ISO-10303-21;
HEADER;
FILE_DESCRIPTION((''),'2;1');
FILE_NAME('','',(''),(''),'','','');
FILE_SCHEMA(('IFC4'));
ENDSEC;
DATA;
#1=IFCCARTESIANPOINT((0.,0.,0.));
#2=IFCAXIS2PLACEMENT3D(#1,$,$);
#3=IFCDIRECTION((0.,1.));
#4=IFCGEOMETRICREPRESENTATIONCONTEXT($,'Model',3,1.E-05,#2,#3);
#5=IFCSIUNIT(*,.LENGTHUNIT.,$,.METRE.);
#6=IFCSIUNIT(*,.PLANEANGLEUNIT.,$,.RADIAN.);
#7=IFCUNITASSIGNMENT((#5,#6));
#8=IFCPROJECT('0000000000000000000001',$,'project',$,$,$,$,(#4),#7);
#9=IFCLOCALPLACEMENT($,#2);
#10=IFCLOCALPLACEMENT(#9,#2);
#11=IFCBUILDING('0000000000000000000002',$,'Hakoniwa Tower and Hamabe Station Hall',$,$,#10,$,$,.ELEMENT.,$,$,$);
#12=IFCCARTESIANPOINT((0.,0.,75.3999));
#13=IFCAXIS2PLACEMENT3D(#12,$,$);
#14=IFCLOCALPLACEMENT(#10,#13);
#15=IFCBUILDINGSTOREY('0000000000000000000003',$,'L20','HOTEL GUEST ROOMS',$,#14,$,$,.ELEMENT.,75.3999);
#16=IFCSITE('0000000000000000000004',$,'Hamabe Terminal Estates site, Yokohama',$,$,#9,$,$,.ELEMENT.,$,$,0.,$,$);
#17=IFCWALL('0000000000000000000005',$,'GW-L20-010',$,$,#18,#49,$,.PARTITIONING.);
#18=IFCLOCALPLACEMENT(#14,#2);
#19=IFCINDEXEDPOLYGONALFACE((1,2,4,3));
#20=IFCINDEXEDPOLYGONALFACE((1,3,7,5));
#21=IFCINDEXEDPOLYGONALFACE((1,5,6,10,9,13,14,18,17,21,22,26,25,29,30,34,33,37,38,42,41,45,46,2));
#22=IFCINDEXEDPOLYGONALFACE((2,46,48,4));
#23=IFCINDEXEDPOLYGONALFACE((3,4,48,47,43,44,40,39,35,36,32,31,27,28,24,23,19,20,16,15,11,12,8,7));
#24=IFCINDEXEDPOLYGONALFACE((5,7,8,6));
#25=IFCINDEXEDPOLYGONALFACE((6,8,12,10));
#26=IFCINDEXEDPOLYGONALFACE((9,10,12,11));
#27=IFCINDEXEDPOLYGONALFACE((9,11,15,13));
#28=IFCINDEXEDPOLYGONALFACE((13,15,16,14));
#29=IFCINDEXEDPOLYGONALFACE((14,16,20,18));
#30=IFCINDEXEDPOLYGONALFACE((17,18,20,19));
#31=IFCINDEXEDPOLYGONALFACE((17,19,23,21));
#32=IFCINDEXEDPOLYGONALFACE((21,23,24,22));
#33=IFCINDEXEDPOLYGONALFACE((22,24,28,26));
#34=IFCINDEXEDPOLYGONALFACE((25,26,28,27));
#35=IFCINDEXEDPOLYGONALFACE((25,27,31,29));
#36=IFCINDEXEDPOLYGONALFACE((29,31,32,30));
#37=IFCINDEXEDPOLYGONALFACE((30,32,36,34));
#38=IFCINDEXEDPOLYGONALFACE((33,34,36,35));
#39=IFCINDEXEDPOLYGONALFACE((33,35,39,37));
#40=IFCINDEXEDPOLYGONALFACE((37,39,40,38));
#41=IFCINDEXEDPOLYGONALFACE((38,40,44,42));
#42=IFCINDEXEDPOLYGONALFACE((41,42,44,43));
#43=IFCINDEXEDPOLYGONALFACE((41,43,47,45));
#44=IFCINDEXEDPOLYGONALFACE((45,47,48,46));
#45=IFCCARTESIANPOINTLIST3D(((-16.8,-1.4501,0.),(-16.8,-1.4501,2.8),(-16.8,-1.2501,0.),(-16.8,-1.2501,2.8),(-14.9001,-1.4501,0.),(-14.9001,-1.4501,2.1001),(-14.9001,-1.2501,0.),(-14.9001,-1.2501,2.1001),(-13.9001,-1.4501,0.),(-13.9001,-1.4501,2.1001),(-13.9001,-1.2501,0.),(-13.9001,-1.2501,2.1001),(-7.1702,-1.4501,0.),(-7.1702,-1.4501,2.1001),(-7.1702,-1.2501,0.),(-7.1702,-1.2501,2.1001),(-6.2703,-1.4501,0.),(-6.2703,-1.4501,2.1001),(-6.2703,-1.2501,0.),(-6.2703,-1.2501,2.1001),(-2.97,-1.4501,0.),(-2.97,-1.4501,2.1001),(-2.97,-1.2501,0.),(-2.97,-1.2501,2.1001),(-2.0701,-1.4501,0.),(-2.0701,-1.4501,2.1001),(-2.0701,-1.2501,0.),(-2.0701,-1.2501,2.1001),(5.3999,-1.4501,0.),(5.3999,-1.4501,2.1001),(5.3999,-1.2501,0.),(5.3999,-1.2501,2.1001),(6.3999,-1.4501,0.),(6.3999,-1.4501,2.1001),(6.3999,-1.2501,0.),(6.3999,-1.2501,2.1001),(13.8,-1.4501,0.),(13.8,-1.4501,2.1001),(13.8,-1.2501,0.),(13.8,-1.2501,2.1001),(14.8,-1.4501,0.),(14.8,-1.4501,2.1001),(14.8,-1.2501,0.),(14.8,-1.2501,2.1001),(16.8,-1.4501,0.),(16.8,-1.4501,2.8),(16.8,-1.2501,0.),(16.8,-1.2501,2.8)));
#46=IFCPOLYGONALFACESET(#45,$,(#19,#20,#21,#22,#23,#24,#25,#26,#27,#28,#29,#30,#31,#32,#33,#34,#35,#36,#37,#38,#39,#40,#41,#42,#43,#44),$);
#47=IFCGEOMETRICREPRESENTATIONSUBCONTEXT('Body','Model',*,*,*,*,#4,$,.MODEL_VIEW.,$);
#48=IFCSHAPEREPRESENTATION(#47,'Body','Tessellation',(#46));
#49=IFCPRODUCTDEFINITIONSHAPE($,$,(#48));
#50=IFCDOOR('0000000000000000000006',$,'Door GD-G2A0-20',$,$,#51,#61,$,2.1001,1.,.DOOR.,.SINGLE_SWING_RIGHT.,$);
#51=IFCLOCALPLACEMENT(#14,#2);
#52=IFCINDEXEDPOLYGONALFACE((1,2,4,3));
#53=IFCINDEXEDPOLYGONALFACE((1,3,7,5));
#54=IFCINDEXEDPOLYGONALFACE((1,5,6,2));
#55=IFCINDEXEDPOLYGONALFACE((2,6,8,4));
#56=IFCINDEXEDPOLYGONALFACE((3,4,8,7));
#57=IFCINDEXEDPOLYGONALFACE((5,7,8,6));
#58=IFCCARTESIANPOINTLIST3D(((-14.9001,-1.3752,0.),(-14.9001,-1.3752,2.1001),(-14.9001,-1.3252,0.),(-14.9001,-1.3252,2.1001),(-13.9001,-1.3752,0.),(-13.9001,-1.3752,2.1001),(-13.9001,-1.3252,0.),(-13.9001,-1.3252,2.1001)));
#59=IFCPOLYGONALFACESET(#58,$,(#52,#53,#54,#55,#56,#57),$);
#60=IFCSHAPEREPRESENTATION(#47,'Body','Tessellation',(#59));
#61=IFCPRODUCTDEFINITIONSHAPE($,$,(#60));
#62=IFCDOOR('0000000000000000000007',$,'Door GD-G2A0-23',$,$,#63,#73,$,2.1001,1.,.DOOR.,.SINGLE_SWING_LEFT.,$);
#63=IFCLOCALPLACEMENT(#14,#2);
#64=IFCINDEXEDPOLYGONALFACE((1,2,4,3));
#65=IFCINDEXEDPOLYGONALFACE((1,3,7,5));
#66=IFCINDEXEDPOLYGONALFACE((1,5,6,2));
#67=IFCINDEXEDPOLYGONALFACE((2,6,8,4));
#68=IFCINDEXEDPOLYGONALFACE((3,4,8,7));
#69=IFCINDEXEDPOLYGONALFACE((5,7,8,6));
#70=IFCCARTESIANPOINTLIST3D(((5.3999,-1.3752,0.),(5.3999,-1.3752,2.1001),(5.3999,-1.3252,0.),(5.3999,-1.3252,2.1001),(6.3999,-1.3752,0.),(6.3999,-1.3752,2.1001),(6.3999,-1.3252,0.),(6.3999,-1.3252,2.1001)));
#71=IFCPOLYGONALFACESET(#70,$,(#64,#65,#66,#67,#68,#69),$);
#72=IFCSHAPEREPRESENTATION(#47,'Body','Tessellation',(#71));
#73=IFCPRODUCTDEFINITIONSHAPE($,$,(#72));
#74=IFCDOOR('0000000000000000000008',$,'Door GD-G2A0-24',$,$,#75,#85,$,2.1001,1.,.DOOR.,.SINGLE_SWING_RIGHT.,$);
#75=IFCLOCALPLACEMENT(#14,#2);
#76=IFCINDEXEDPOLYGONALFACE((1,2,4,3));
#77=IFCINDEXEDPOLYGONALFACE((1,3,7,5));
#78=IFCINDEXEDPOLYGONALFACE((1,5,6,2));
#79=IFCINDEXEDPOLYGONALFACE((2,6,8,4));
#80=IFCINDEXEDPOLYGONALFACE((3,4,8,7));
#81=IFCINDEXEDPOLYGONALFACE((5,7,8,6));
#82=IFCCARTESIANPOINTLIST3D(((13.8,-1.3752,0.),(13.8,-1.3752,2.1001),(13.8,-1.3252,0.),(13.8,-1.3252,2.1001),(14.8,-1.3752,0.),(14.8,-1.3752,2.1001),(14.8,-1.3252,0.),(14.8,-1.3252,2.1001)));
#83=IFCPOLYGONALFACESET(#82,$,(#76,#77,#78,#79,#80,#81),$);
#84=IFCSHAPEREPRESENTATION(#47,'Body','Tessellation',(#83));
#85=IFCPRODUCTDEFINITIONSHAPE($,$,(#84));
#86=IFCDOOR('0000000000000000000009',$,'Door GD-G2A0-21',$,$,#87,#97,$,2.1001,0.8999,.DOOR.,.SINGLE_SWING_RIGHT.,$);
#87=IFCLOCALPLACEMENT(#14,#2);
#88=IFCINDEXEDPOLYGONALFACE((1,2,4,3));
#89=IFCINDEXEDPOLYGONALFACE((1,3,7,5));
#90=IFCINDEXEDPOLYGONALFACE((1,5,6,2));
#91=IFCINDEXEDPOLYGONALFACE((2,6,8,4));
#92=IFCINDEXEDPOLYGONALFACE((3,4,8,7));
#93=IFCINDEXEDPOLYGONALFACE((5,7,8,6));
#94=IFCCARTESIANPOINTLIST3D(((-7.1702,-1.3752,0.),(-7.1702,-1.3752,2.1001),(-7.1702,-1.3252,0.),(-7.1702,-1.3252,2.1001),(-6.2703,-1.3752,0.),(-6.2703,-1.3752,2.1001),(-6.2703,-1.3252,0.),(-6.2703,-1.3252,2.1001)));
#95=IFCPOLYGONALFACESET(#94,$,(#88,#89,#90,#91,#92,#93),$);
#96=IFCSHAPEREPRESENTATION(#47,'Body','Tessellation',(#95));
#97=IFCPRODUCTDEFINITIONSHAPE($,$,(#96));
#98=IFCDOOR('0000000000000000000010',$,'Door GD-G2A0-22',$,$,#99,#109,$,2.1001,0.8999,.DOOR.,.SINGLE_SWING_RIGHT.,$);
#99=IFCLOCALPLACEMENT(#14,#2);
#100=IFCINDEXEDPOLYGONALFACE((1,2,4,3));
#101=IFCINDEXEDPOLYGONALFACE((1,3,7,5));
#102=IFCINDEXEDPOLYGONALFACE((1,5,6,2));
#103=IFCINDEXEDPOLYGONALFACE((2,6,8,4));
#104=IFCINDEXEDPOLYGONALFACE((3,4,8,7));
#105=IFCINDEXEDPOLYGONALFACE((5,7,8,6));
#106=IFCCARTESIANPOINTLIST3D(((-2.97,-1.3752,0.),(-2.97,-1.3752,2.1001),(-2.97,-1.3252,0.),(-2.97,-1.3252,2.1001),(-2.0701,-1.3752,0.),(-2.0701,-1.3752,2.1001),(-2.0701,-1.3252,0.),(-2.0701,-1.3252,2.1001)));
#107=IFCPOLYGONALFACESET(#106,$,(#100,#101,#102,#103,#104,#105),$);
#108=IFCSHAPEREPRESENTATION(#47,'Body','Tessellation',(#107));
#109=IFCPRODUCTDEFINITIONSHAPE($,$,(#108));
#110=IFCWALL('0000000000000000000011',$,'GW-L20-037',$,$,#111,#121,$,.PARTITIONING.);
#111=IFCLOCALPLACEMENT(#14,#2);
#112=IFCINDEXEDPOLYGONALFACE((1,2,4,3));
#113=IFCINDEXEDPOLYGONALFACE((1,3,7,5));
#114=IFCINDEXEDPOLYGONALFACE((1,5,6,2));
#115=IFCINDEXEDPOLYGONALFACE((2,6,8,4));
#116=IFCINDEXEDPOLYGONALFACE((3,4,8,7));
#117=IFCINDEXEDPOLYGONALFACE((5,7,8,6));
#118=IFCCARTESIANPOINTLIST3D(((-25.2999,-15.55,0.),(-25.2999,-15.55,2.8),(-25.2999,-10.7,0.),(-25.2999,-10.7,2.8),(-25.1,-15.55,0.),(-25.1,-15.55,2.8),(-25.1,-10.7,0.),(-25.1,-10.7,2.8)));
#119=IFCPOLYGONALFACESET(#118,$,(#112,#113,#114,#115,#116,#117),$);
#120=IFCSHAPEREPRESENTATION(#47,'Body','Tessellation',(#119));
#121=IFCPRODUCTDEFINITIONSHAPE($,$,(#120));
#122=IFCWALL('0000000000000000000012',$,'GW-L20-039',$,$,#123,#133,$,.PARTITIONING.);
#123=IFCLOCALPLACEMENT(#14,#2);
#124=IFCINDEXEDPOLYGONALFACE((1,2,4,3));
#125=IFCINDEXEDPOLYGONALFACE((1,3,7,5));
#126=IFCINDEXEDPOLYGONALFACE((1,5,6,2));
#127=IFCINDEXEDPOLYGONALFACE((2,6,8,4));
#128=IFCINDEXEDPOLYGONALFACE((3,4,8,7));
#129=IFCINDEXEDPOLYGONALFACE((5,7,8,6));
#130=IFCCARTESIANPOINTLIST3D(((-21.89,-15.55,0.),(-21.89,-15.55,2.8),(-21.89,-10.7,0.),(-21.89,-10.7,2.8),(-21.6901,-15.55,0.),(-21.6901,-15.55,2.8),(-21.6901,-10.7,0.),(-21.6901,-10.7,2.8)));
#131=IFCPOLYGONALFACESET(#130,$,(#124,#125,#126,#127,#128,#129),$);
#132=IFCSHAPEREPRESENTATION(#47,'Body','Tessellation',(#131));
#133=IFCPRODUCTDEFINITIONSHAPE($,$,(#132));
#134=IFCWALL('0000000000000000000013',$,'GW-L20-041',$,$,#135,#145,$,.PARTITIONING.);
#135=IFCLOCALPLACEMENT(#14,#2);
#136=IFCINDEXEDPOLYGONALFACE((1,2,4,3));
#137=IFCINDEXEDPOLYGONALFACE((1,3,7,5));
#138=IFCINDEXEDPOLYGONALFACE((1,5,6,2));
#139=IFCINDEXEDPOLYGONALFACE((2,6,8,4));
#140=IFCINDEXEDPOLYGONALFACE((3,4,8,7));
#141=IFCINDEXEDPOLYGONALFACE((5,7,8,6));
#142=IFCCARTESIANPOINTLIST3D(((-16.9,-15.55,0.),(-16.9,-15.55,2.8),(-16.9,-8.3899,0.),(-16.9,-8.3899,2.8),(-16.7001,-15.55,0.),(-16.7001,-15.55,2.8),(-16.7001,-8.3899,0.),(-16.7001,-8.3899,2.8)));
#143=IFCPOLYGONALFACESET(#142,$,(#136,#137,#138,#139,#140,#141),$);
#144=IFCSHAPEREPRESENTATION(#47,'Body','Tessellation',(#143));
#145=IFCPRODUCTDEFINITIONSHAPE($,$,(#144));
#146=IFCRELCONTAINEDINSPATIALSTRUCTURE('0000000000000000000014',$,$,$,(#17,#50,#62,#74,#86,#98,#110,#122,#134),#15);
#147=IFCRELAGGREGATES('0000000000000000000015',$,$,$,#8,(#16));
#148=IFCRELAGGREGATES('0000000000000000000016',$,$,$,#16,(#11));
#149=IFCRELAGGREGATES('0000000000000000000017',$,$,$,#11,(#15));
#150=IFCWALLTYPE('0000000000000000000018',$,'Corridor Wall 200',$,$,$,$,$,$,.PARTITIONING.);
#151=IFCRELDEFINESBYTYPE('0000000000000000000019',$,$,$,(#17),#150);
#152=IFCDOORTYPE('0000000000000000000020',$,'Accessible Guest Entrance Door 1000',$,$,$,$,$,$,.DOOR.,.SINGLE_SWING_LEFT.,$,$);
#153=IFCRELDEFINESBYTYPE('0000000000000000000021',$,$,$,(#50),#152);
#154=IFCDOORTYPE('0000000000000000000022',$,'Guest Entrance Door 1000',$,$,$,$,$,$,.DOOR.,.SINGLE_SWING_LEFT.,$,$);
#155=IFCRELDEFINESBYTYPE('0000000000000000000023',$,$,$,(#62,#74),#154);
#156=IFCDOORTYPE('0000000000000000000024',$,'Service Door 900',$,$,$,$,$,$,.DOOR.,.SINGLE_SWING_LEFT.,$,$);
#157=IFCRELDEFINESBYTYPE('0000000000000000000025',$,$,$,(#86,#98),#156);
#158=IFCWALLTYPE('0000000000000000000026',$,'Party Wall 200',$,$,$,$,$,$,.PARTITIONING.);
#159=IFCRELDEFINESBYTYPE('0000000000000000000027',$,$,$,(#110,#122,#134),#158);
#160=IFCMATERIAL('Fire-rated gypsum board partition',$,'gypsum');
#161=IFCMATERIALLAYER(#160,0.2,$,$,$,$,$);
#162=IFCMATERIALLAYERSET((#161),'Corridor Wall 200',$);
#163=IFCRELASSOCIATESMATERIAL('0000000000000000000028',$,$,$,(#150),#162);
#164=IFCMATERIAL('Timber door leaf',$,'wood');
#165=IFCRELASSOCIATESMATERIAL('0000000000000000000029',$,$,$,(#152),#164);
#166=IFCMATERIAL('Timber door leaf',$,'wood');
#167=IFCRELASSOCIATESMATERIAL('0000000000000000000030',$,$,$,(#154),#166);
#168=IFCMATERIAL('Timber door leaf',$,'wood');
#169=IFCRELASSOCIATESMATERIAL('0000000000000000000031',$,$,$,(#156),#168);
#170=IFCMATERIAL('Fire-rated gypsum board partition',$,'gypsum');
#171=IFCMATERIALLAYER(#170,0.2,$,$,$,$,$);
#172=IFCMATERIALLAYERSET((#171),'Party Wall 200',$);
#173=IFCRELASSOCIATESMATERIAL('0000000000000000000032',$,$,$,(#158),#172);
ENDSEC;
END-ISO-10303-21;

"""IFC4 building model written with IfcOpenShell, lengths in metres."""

from ifc_helpers import new_model, si_unit, direction, frame, frame_2d, origin, place, context, subcontext, project, spatial, rectangle, extrude, material, layer, layer_set, type_object, element, fill, save


model = new_model("IFC4")

# Units and contexts
model_context = context("Model", 3, precision=1e-05, world=origin(), true_north=direction((0.0, 1.0)))
body_context = subcontext(model_context, "Body", "Model", "MODEL_VIEW")
ifc_project = project(units=[si_unit("LENGTHUNIT", "METRE"), si_unit("PLANEANGLEUNIT", "RADIAN")], contexts=[model_context])

# Site, building, storey
site_placement = place(None, origin())
site = spatial("IfcSite", under=ifc_project, at=site_placement, Name="Hamabe Terminal Estates site, Yokohama", CompositionType="ELEMENT", RefElevation=0.0)
building_placement = place(site_placement, origin())
building = spatial("IfcBuilding", under=site, at=building_placement, Name="Hakoniwa Tower and Hamabe Station Hall", CompositionType="ELEMENT")
storey_placement = place(building_placement, frame((0.0, 0.0, 75.3999)))
storey = spatial("IfcBuildingStorey", under=building, at=storey_placement, Name="L20", Description="HOTEL GUEST ROOMS", CompositionType="ELEMENT", Elevation=75.3999)

# Wall, openings, doors
ifc_material_1 = material(Name="Fire-rated gypsum board partition", Category="gypsum")
ifc_layer_1 = layer(ifc_material_1, 0.2)
ifc_layer_set_1 = layer_set([ifc_layer_1], Name="Corridor Wall 200")
wall_type_1 = type_object("IfcWallType", Name="Corridor Wall 200", PredefinedType="PARTITIONING", material=ifc_layer_set_1)
wall_1_placement = place(storey_placement, frame((-16.8, -1.3501, 0.0), z_axis=(0.0, 0.0, 1.0), x_axis=(1.0, 0.0, 0.0)))
wall_1 = element("IfcWall", 1, at=wall_1_placement, inside=storey, type_object=wall_type_1, Name="GW-L20-010", PredefinedType="PARTITIONING", context=body_context, shape_type="SweptSolid", body=[
    extrude(rectangle(XDim=33.6001, YDim=0.2, at=frame_2d((16.8, 0.0))), origin(), (0.0, 0.0, 1.0), 2.8),
])
opening_1_placement = place(wall_1_placement, frame((1.8999, 0.0, 0.0)))
opening_1 = element("IfcOpeningElement", 2, at=opening_1_placement, cuts=wall_1, PredefinedType="OPENING", context=body_context, shape_type="SweptSolid", body=[
    extrude(rectangle(XDim=1.0, YDim=2.1001, at=frame_2d((0.5, 1.05))), frame((0.0, 0.1099, 0.0), z_axis=(0.0, -1.0, 0.0), x_axis=(1.0, 0.0, 0.0)), (0.0, 0.0, 1.0), 0.22),
])
opening_2_placement = place(wall_1_placement, frame((9.6299, 0.0, 0.0)))
opening_2 = element("IfcOpeningElement", 3, at=opening_2_placement, cuts=wall_1, PredefinedType="OPENING", context=body_context, shape_type="SweptSolid", body=[
    extrude(rectangle(XDim=0.8999, YDim=2.1001, at=frame_2d((0.45, 1.05))), frame((0.0, 0.1099, 0.0), z_axis=(0.0, -1.0, 0.0), x_axis=(1.0, 0.0, 0.0)), (0.0, 0.0, 1.0), 0.22),
])
opening_3_placement = place(wall_1_placement, frame((13.8301, 0.0, 0.0)))
opening_3 = element("IfcOpeningElement", 4, at=opening_3_placement, cuts=wall_1, PredefinedType="OPENING", context=body_context, shape_type="SweptSolid", body=[
    extrude(rectangle(XDim=0.8999, YDim=2.1001, at=frame_2d((0.45, 1.05))), frame((0.0, 0.1099, 0.0), z_axis=(0.0, -1.0, 0.0), x_axis=(1.0, 0.0, 0.0)), (0.0, 0.0, 1.0), 0.22),
])
opening_4_placement = place(wall_1_placement, frame((22.2, 0.0, 0.0)))
opening_4 = element("IfcOpeningElement", 5, at=opening_4_placement, cuts=wall_1, PredefinedType="OPENING", context=body_context, shape_type="SweptSolid", body=[
    extrude(rectangle(XDim=1.0, YDim=2.1001, at=frame_2d((0.5, 1.05))), frame((0.0, 0.1099, 0.0), z_axis=(0.0, -1.0, 0.0), x_axis=(1.0, 0.0, 0.0)), (0.0, 0.0, 1.0), 0.22),
])
opening_5_placement = place(wall_1_placement, frame((30.6001, 0.0, 0.0)))
opening_5 = element("IfcOpeningElement", 6, at=opening_5_placement, cuts=wall_1, PredefinedType="OPENING", context=body_context, shape_type="SweptSolid", body=[
    extrude(rectangle(XDim=1.0, YDim=2.1001, at=frame_2d((0.5, 1.05))), frame((0.0, 0.1099, 0.0), z_axis=(0.0, -1.0, 0.0), x_axis=(1.0, 0.0, 0.0)), (0.0, 0.0, 1.0), 0.22),
])
ifc_material_2 = material(Name="Timber door leaf", Category="wood")
door_type_1 = type_object("IfcDoorType", Name="Accessible Guest Entrance Door 1000", OperationType="SINGLE_SWING_LEFT", PredefinedType="DOOR", material=ifc_material_2)
door_1_placement = place(opening_1_placement, origin())
door_1 = element("IfcDoor", 7, at=door_1_placement, inside=storey, type_object=door_type_1, Name="Door GD-G2A0-20", OperationType="SINGLE_SWING_RIGHT", OverallHeight=2.1001, OverallWidth=1.0, PredefinedType="DOOR", context=body_context, shape_type="SweptSolid", body=[
    extrude(rectangle(XDim=1.0, YDim=2.1001, at=frame_2d((0.5, 1.05))), frame((0.0, 0.0249, 0.0), z_axis=(0.0, -1.0, 0.0), x_axis=(1.0, 0.0, 0.0)), (0.0, 0.0, 1.0), 0.05),
])
fill(opening_1, door_1)
ifc_material_3 = material(Name="Timber door leaf", Category="wood")
door_type_2 = type_object("IfcDoorType", Name="Guest Entrance Door 1000", OperationType="SINGLE_SWING_LEFT", PredefinedType="DOOR", material=ifc_material_3)
door_2_placement = place(opening_4_placement, origin())
door_2 = element("IfcDoor", 8, at=door_2_placement, inside=storey, type_object=door_type_2, Name="Door GD-G2A0-23", OperationType="SINGLE_SWING_LEFT", OverallHeight=2.1001, OverallWidth=1.0, PredefinedType="DOOR", context=body_context, shape_type="SweptSolid", body=[
    extrude(rectangle(XDim=1.0, YDim=2.1001, at=frame_2d((0.5, 1.05))), frame((0.0, 0.0249, 0.0), z_axis=(0.0, -1.0, 0.0), x_axis=(1.0, 0.0, 0.0)), (0.0, 0.0, 1.0), 0.05),
])
fill(opening_4, door_2)
door_3_placement = place(opening_5_placement, origin())
door_3 = element("IfcDoor", 9, at=door_3_placement, inside=storey, type_object=door_type_2, Name="Door GD-G2A0-24", OperationType="SINGLE_SWING_RIGHT", OverallHeight=2.1001, OverallWidth=1.0, PredefinedType="DOOR", context=body_context, shape_type="SweptSolid", body=[
    extrude(rectangle(XDim=1.0, YDim=2.1001, at=frame_2d((0.5, 1.05))), frame((0.0, 0.0249, 0.0), z_axis=(0.0, -1.0, 0.0), x_axis=(1.0, 0.0, 0.0)), (0.0, 0.0, 1.0), 0.05),
])
fill(opening_5, door_3)
ifc_material_4 = material(Name="Timber door leaf", Category="wood")
door_type_3 = type_object("IfcDoorType", Name="Service Door 900", OperationType="SINGLE_SWING_LEFT", PredefinedType="DOOR", material=ifc_material_4)
door_4_placement = place(opening_2_placement, origin())
door_4 = element("IfcDoor", 10, at=door_4_placement, inside=storey, type_object=door_type_3, Name="Door GD-G2A0-21", OperationType="SINGLE_SWING_RIGHT", OverallHeight=2.1001, OverallWidth=0.8999, PredefinedType="DOOR", context=body_context, shape_type="SweptSolid", body=[
    extrude(rectangle(XDim=0.8999, YDim=2.1001, at=frame_2d((0.45, 1.05))), frame((0.0, 0.0249, 0.0), z_axis=(0.0, -1.0, 0.0), x_axis=(1.0, 0.0, 0.0)), (0.0, 0.0, 1.0), 0.05),
])
fill(opening_2, door_4)
door_5_placement = place(opening_3_placement, origin())
door_5 = element("IfcDoor", 11, at=door_5_placement, inside=storey, type_object=door_type_3, Name="Door GD-G2A0-22", OperationType="SINGLE_SWING_RIGHT", OverallHeight=2.1001, OverallWidth=0.8999, PredefinedType="DOOR", context=body_context, shape_type="SweptSolid", body=[
    extrude(rectangle(XDim=0.8999, YDim=2.1001, at=frame_2d((0.45, 1.05))), frame((0.0, 0.0249, 0.0), z_axis=(0.0, -1.0, 0.0), x_axis=(1.0, 0.0, 0.0)), (0.0, 0.0, 1.0), 0.05),
])
fill(opening_3, door_5)

# Walls
ifc_material_5 = material(Name="Fire-rated gypsum board partition", Category="gypsum")
ifc_layer_2 = layer(ifc_material_5, 0.2)
ifc_layer_set_2 = layer_set([ifc_layer_2], Name="Party Wall 200")
wall_type_2 = type_object("IfcWallType", Name="Party Wall 200", PredefinedType="PARTITIONING", material=ifc_layer_set_2)
for number, where, z_axis, x_axis, name in (
    (12, (-25.2, -15.55, 0.0), (0.0, 0.0, 1.0), (0.0, 1.0, 0.0), "GW-L20-037"),
    (13, (-21.79, -15.55, 0.0), (0.0, 0.0, 1.0), (0.0, 1.0, 0.0), "GW-L20-039"),
):
    element("IfcWall", number, at=place(storey_placement, frame(where, z_axis=z_axis, x_axis=x_axis)), inside=storey, type_object=wall_type_2, Name=name, PredefinedType="PARTITIONING", context=body_context, shape_type="SweptSolid", body=[
        extrude(rectangle(XDim=4.8501, YDim=0.2, at=frame_2d((2.425, 0.0))), origin(), (0.0, 0.0, 1.0), 2.8),
    ])
wall_2_placement = place(storey_placement, frame((-16.8, -15.55, 0.0), z_axis=(0.0, 0.0, 1.0), x_axis=(0.0, 1.0, 0.0)))
element("IfcWall", 14, at=wall_2_placement, inside=storey, type_object=wall_type_2, Name="GW-L20-041", PredefinedType="PARTITIONING", context=body_context, shape_type="SweptSolid", body=[
    extrude(rectangle(XDim=7.1602, YDim=0.2, at=frame_2d((3.5801, 0.0))), origin(), (0.0, 0.0, 1.0), 2.8),
])

save(model, "model.ifc")
